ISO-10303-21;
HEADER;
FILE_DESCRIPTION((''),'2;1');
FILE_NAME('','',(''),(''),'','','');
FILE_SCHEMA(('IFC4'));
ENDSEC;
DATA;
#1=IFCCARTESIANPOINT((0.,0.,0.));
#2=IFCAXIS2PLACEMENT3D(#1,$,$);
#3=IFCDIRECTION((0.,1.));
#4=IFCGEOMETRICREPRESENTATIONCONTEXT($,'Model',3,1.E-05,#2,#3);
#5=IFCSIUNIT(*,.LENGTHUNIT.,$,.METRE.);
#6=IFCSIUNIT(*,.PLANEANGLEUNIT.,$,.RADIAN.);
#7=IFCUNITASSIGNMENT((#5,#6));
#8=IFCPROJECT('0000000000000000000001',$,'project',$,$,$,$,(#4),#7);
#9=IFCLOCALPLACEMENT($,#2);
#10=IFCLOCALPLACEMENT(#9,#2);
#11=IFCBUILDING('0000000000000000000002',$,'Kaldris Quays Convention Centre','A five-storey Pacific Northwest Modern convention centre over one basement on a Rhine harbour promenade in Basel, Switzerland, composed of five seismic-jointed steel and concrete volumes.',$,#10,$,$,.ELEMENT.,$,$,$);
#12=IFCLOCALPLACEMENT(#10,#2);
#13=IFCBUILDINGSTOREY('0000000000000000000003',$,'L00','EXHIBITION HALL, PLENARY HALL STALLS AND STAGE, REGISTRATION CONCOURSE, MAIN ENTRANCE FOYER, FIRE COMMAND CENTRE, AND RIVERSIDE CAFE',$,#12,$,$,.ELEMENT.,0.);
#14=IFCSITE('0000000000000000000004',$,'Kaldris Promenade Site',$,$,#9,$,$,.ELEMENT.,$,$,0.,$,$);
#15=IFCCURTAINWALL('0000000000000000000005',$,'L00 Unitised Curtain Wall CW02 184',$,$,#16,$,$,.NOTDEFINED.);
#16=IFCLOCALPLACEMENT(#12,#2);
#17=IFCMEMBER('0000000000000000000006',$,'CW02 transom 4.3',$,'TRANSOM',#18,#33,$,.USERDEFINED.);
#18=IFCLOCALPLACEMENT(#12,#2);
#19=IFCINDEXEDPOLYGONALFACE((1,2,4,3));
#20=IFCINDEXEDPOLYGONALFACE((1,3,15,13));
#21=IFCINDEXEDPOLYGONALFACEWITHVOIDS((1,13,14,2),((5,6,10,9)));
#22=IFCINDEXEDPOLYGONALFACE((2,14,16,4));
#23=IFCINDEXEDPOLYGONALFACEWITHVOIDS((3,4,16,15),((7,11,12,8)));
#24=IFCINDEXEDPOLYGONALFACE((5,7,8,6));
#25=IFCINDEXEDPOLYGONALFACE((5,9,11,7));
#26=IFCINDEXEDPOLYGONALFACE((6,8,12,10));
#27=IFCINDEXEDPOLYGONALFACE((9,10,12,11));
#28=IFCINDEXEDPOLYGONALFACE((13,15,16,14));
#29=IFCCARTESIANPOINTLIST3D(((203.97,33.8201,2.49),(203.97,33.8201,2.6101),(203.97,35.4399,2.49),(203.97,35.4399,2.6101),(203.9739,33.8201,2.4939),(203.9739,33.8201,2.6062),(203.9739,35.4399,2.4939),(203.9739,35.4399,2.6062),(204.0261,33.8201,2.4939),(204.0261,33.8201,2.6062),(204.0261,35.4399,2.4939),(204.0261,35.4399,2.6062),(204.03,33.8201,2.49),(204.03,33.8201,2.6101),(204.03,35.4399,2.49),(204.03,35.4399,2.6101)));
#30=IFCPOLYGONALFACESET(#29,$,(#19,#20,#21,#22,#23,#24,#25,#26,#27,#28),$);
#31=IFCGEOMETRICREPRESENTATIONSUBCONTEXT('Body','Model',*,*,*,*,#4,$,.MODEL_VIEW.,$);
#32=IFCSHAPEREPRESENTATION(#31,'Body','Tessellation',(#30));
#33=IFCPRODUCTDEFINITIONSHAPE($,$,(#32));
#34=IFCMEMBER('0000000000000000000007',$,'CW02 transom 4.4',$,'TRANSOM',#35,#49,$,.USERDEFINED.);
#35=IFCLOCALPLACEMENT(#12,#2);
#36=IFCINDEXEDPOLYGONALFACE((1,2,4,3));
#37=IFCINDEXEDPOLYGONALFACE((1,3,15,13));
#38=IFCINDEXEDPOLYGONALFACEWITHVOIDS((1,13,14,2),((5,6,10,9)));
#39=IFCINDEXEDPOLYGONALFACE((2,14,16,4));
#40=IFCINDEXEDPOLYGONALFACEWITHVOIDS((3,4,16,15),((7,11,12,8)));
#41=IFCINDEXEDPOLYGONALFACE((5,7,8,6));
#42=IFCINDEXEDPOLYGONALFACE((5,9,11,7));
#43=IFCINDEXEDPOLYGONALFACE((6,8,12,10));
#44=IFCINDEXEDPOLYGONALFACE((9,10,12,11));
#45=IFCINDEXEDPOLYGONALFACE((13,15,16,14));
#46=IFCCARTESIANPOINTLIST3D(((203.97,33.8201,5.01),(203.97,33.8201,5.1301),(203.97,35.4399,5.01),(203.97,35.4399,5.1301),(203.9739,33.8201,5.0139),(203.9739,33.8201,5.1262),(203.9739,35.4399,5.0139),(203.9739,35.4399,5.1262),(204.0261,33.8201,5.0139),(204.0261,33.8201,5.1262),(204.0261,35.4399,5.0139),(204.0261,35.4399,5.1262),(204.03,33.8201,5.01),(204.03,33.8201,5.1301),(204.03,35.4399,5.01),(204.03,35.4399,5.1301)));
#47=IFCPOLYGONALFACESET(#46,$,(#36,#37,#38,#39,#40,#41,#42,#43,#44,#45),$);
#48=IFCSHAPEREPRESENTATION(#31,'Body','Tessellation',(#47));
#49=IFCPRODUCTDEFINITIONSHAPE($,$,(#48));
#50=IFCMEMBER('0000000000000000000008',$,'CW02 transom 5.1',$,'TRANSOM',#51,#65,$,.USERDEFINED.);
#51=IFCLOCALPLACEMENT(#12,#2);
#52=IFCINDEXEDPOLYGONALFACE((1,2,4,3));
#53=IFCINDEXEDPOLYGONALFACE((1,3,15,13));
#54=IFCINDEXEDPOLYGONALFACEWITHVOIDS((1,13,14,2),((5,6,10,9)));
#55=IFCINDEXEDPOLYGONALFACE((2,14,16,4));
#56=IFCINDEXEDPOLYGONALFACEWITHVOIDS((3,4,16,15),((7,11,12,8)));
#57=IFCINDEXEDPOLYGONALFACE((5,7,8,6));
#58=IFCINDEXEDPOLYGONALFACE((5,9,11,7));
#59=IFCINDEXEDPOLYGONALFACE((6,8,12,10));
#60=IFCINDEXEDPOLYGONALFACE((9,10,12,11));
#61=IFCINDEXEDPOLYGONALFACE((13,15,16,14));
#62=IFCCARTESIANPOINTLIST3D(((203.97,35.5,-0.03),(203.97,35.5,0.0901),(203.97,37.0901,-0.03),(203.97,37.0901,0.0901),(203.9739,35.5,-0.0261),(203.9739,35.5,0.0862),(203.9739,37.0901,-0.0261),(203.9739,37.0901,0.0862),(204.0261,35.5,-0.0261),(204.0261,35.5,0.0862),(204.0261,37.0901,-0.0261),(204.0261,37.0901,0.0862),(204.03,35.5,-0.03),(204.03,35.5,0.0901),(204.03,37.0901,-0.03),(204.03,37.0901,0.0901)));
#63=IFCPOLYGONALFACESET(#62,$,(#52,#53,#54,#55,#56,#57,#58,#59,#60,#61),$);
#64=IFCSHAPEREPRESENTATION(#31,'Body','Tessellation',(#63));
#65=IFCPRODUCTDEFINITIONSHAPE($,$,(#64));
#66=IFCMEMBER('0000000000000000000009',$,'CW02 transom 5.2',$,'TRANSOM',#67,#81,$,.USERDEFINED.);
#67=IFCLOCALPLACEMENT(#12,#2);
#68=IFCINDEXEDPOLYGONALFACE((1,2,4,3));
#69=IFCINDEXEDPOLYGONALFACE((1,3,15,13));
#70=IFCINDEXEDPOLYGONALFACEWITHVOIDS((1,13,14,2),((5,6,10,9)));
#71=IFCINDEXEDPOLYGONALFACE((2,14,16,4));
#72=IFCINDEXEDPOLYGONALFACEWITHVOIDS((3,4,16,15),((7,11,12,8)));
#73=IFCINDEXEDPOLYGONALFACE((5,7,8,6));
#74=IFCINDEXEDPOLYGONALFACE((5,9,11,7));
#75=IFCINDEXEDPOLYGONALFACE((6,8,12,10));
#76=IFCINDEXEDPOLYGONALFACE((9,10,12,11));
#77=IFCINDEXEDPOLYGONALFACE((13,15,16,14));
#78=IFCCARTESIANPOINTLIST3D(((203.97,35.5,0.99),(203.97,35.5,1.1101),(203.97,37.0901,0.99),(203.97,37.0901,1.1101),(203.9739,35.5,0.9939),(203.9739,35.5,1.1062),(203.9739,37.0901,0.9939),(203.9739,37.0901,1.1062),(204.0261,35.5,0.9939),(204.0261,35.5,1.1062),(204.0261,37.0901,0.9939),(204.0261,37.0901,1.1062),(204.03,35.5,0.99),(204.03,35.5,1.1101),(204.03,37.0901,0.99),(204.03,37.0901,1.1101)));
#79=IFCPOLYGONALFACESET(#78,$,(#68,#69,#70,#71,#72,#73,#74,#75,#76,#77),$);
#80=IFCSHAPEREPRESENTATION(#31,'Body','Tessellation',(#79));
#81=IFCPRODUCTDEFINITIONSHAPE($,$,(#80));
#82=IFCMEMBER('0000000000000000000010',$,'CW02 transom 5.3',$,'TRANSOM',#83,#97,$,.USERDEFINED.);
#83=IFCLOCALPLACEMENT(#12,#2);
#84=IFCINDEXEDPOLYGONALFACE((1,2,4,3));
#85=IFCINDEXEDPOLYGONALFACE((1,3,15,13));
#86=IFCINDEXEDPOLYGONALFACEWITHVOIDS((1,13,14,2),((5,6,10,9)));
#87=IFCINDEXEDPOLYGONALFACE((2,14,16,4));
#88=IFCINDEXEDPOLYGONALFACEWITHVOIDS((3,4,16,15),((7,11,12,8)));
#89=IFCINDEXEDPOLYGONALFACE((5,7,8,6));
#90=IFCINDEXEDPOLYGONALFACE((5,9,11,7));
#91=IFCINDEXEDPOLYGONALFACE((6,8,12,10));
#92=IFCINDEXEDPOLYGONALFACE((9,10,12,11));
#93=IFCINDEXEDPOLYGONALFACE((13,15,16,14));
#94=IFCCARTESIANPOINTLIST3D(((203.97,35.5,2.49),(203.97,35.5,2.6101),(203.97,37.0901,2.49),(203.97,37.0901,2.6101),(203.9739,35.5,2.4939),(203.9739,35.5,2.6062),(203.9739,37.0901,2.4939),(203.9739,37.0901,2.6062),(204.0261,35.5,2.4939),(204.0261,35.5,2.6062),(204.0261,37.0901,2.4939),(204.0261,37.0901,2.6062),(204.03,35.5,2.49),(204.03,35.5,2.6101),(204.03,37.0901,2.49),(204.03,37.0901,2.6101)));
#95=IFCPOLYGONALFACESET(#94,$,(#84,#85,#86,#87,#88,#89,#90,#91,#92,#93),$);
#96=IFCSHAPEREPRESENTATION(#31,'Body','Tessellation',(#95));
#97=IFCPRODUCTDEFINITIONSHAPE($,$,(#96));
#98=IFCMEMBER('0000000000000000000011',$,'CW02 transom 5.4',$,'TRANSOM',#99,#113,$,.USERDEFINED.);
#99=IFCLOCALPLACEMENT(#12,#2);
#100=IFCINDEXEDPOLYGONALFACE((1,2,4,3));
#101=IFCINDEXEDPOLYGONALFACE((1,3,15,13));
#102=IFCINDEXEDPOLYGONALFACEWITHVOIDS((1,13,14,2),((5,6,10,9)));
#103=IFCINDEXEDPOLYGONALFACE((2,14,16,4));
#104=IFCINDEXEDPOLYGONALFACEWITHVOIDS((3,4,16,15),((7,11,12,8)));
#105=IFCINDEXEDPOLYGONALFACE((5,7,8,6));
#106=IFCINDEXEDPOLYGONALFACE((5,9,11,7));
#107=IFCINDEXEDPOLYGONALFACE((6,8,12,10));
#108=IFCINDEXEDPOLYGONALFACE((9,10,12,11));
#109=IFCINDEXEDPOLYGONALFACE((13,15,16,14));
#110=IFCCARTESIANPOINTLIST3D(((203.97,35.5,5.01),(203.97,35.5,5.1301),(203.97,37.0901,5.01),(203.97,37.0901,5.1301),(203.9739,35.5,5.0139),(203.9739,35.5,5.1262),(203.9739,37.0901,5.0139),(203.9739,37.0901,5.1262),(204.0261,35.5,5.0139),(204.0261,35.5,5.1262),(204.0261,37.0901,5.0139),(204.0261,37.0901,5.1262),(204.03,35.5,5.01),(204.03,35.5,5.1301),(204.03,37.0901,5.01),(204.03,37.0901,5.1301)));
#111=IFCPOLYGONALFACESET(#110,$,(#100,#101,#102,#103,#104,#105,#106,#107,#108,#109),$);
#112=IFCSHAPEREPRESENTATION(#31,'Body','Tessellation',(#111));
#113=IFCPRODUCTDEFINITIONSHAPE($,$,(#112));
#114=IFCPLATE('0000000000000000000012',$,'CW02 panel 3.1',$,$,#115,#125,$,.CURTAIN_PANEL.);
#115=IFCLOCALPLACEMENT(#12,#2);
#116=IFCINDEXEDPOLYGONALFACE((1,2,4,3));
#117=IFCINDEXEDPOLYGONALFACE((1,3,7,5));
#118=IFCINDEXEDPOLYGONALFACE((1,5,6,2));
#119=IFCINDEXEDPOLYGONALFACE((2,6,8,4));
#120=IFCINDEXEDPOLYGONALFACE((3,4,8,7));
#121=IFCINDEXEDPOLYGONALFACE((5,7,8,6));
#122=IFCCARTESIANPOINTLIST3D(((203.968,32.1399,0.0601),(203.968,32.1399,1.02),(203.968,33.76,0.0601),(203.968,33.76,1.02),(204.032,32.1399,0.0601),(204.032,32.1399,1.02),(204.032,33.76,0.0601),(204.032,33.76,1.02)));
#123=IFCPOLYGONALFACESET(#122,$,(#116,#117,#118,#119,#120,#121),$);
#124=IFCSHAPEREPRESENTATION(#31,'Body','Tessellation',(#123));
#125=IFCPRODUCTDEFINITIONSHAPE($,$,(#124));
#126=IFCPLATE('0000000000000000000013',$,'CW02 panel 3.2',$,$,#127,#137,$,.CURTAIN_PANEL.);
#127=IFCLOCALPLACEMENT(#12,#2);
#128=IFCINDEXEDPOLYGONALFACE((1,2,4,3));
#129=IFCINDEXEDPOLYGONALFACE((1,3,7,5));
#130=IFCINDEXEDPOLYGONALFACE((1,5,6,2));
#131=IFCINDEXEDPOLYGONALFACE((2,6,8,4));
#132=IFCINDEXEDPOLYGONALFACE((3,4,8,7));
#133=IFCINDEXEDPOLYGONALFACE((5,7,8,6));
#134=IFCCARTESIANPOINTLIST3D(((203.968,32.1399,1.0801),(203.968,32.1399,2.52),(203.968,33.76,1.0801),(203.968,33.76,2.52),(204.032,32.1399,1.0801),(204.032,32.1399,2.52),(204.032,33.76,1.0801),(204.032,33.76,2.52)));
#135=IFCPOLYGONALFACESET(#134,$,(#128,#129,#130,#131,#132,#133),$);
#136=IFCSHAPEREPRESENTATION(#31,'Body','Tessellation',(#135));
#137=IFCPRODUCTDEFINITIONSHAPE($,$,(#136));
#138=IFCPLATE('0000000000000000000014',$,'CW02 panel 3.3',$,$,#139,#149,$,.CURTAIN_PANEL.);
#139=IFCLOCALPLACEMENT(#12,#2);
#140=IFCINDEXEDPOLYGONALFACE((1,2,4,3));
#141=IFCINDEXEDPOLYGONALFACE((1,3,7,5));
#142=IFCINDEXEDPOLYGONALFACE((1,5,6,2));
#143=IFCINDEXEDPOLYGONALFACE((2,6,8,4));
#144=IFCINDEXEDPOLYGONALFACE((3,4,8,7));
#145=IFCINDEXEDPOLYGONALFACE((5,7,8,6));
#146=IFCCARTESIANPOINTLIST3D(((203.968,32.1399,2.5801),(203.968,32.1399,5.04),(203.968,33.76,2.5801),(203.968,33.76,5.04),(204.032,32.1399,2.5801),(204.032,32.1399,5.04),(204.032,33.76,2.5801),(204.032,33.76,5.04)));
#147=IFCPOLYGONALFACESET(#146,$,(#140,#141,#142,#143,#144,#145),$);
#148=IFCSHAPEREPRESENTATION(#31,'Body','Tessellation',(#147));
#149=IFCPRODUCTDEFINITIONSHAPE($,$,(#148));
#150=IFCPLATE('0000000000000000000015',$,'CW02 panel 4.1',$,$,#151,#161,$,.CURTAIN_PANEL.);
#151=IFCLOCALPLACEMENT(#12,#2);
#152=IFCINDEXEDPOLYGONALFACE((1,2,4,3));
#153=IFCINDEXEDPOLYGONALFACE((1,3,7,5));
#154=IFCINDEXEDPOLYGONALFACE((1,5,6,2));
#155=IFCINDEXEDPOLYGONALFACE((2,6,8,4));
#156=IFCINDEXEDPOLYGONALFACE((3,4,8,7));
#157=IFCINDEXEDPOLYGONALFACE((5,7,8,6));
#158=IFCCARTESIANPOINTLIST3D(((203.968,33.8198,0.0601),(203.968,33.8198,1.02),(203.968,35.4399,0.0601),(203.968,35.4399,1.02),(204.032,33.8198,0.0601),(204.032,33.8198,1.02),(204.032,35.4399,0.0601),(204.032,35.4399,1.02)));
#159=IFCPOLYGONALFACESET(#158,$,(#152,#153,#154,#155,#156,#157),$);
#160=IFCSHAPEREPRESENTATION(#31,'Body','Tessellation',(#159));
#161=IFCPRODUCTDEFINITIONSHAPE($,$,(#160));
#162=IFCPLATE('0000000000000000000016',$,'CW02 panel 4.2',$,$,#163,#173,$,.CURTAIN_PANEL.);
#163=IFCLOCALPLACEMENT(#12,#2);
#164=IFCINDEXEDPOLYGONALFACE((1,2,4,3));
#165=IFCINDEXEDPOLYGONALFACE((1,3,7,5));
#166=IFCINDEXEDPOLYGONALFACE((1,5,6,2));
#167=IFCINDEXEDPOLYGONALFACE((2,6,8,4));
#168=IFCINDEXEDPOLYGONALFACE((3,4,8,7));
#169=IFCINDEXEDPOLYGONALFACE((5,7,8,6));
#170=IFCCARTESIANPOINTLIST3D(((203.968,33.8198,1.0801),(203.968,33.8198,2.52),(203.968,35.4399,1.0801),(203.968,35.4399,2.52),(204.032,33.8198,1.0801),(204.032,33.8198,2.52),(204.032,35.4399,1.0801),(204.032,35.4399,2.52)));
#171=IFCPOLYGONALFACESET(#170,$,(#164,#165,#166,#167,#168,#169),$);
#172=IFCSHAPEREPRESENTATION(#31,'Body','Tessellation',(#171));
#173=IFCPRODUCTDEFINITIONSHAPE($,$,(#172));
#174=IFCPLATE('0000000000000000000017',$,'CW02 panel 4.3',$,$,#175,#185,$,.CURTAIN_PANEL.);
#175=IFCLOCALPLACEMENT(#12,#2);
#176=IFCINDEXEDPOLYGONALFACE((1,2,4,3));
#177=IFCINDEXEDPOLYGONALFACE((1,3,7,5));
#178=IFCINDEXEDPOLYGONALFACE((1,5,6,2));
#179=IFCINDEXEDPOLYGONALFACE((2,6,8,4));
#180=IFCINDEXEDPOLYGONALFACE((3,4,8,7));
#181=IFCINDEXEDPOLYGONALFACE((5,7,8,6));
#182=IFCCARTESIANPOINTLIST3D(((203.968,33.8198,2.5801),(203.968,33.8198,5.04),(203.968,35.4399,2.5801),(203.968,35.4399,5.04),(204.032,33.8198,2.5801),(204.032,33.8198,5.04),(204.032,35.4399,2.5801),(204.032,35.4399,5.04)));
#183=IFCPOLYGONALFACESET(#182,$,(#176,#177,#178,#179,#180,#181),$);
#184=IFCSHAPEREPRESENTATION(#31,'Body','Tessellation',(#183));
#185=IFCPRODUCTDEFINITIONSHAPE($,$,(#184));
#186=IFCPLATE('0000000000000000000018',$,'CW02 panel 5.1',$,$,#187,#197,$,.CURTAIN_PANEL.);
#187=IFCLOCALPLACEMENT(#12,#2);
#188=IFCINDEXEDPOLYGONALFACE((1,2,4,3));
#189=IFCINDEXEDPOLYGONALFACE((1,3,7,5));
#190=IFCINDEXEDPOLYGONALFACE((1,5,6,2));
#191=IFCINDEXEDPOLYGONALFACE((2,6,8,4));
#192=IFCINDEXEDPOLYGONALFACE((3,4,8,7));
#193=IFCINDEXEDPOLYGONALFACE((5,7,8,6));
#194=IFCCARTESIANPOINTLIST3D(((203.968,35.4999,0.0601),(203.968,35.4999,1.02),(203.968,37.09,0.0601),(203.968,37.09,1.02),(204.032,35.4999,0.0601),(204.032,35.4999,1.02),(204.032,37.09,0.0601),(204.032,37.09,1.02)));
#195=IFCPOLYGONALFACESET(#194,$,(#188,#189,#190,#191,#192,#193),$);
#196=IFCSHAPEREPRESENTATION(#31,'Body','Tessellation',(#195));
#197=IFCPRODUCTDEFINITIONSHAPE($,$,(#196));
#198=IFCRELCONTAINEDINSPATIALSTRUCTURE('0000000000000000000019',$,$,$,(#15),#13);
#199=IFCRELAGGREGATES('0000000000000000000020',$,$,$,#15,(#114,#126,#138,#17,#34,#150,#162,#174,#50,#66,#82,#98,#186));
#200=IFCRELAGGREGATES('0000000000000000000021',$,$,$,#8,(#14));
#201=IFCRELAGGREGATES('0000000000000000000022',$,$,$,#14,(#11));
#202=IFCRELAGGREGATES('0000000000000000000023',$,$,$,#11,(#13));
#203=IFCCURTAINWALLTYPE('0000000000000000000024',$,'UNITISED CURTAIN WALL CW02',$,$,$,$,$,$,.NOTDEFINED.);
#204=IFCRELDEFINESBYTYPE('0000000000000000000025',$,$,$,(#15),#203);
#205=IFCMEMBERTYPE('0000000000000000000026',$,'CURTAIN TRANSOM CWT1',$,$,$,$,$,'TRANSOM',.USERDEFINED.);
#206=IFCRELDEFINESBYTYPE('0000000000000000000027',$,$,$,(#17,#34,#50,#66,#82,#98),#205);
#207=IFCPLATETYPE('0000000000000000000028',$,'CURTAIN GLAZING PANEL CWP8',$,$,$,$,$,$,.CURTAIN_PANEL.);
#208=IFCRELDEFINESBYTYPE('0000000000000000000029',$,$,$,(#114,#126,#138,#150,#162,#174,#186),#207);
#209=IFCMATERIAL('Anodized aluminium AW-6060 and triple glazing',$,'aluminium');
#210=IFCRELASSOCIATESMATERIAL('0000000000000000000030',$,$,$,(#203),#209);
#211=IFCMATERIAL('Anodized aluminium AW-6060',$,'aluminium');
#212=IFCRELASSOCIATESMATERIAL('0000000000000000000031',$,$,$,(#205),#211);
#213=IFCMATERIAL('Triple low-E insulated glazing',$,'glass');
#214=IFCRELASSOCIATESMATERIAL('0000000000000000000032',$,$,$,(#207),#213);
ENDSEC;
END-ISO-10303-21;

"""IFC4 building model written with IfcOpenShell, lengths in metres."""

from ifc_helpers import new_model, si_unit, direction, frame, origin, origin_2d, place, context, subcontext, project, spatial, rectangle, hollow_rectangle, extrude, material, material_profile, profile_set, type_object, element, aggregate, save


model = new_model("IFC4")

# Units and contexts
model_context = context("Model", 3, precision=1e-05, world=origin(), true_north=direction((0.0, 1.0)))
body_context = subcontext(model_context, "Body", "Model", "MODEL_VIEW")
ifc_project = project(units=[si_unit("LENGTHUNIT", "METRE"), si_unit("PLANEANGLEUNIT", "RADIAN")], contexts=[model_context])

# Site, building, storey
site_placement = place(None, origin())
site = spatial("IfcSite", under=ifc_project, at=site_placement, Name="Kaldris Promenade Site", CompositionType="ELEMENT", RefElevation=0.0)
building_placement = place(site_placement, origin())
building = spatial("IfcBuilding", under=site, at=building_placement, Name="Kaldris Quays Convention Centre", Description="A five-storey Pacific Northwest Modern convention centre over one basement on a Rhine harbour promenade in Basel, Switzerland, composed of five seismic-jointed steel and concrete volumes.", CompositionType="ELEMENT")
storey_placement = place(building_placement, origin())
storey = spatial("IfcBuildingStorey", under=building, at=storey_placement, Name="L00", Description="EXHIBITION HALL, PLENARY HALL STALLS AND STAGE, REGISTRATION CONCOURSE, MAIN ENTRANCE FOYER, FIRE COMMAND CENTRE, AND RIVERSIDE CAFE", CompositionType="ELEMENT", Elevation=0.0)

# Curtain wall, members, plates
ifc_material_1 = material(Name="Anodized aluminium AW-6060 and triple glazing", Category="aluminium")
curtain_wall_type = type_object("IfcCurtainWallType", Name="UNITISED CURTAIN WALL CW02", PredefinedType="NOTDEFINED", material=ifc_material_1)
curtain_wall_placement = place(storey_placement, origin())
curtain_wall = element("IfcCurtainWall", 1, at=curtain_wall_placement, inside=storey, type_object=curtain_wall_type, Name="L00 Unitised Curtain Wall CW02 184", PredefinedType="NOTDEFINED")
ifc_material_2 = material(Name="Anodized aluminium AW-6060", Category="aluminium")
ifc_material_profile_1 = material_profile(ifc_material_2, hollow_rectangle(XDim=0.0601, YDim=0.1201, WallThickness=0.0039, at=origin_2d()), Name="RHS 120x60x4")
ifc_profile_set_1 = profile_set([ifc_material_profile_1], Name="Anodized aluminium AW-6060")
member_type_1 = type_object("IfcMemberType", Name="CURTAIN TRANSOM CWT1", ElementType="TRANSOM", PredefinedType="USERDEFINED", material=ifc_profile_set_1)
member_1_placement = place(storey_placement, frame((204.0, 33.8201, 2.55), z_axis=(0.0, 1.0, 0.0), x_axis=(-1.0, 0.0, 0.0)))
member_1 = element("IfcMember", 2, at=member_1_placement, type_object=member_type_1, Name="CW02 transom 4.3", ObjectType="TRANSOM", PredefinedType="USERDEFINED", context=body_context, shape_type="SweptSolid", body=[
    extrude(hollow_rectangle(XDim=0.0601, YDim=0.1201, WallThickness=0.0039, at=origin_2d()), origin(), (0.0, 0.0, 1.0), 1.6199),
])
member_2_placement = place(storey_placement, frame((204.0, 33.8201, 5.0701), z_axis=(0.0, 1.0, 0.0), x_axis=(-1.0, 0.0, 0.0)))
member_2 = element("IfcMember", 3, at=member_2_placement, type_object=member_type_1, Name="CW02 transom 4.4", ObjectType="TRANSOM", PredefinedType="USERDEFINED", context=body_context, shape_type="SweptSolid", body=[
    extrude(hollow_rectangle(XDim=0.0601, YDim=0.1201, WallThickness=0.0039, at=origin_2d()), origin(), (0.0, 0.0, 1.0), 1.6199),
])
member_3_placement = place(storey_placement, frame((204.0, 35.5, 0.03), z_axis=(0.0, 1.0, 0.0), x_axis=(-1.0, 0.0, 0.0)))
member_3 = element("IfcMember", 4, at=member_3_placement, type_object=member_type_1, Name="CW02 transom 5.1", ObjectType="TRANSOM", PredefinedType="USERDEFINED", context=body_context, shape_type="SweptSolid", body=[
    extrude(hollow_rectangle(XDim=0.0601, YDim=0.1201, WallThickness=0.0039, at=origin_2d()), origin(), (0.0, 0.0, 1.0), 1.5901),
])
member_4_placement = place(storey_placement, frame((204.0, 35.5, 1.05), z_axis=(0.0, 1.0, 0.0), x_axis=(-1.0, 0.0, 0.0)))
member_4 = element("IfcMember", 5, at=member_4_placement, type_object=member_type_1, Name="CW02 transom 5.2", ObjectType="TRANSOM", PredefinedType="USERDEFINED", context=body_context, shape_type="SweptSolid", body=[
    extrude(hollow_rectangle(XDim=0.0601, YDim=0.1201, WallThickness=0.0039, at=origin_2d()), origin(), (0.0, 0.0, 1.0), 1.5901),
])
member_5_placement = place(storey_placement, frame((204.0, 35.5, 2.55), z_axis=(0.0, 1.0, 0.0), x_axis=(-1.0, 0.0, 0.0)))
member_5 = element("IfcMember", 6, at=member_5_placement, type_object=member_type_1, Name="CW02 transom 5.3", ObjectType="TRANSOM", PredefinedType="USERDEFINED", context=body_context, shape_type="SweptSolid", body=[
    extrude(hollow_rectangle(XDim=0.0601, YDim=0.1201, WallThickness=0.0039, at=origin_2d()), origin(), (0.0, 0.0, 1.0), 1.5901),
])
member_6_placement = place(storey_placement, frame((204.0, 35.5, 5.0701), z_axis=(0.0, 1.0, 0.0), x_axis=(-1.0, 0.0, 0.0)))
member_6 = element("IfcMember", 7, at=member_6_placement, type_object=member_type_1, Name="CW02 transom 5.4", ObjectType="TRANSOM", PredefinedType="USERDEFINED", context=body_context, shape_type="SweptSolid", body=[
    extrude(hollow_rectangle(XDim=0.0601, YDim=0.1201, WallThickness=0.0039, at=origin_2d()), origin(), (0.0, 0.0, 1.0), 1.5901),
])
ifc_material_3 = material(Name="Triple low-E insulated glazing", Category="glass")
plate_type = type_object("IfcPlateType", Name="CURTAIN GLAZING PANEL CWP8", PredefinedType="CURTAIN_PANEL", material=ifc_material_3)
plate_1_placement = place(storey_placement, frame((204.0, 32.95, 0.0601), z_axis=(0.0, 0.0, 1.0), x_axis=(0.0, 1.0, 0.0)))
plate_1 = element("IfcPlate", 8, at=plate_1_placement, type_object=plate_type, Name="CW02 panel 3.1", PredefinedType="CURTAIN_PANEL", context=body_context, shape_type="SweptSolid", body=[
    extrude(rectangle(XDim=1.6201, YDim=0.064, at=origin_2d()), origin(), (0.0, 0.0, 1.0), 0.96),
])
plate_2_placement = place(storey_placement, frame((204.0, 32.95, 1.0801), z_axis=(0.0, 0.0, 1.0), x_axis=(0.0, 1.0, 0.0)))
plate_2 = element("IfcPlate", 9, at=plate_2_placement, type_object=plate_type, Name="CW02 panel 3.2", PredefinedType="CURTAIN_PANEL", context=body_context, shape_type="SweptSolid", body=[
    extrude(rectangle(XDim=1.6201, YDim=0.064, at=origin_2d()), origin(), (0.0, 0.0, 1.0), 1.4399),
])
plate_3_placement = place(storey_placement, frame((204.0, 32.95, 2.5801), z_axis=(0.0, 0.0, 1.0), x_axis=(0.0, 1.0, 0.0)))
plate_3 = element("IfcPlate", 10, at=plate_3_placement, type_object=plate_type, Name="CW02 panel 3.3", PredefinedType="CURTAIN_PANEL", context=body_context, shape_type="SweptSolid", body=[
    extrude(rectangle(XDim=1.6201, YDim=0.064, at=origin_2d()), origin(), (0.0, 0.0, 1.0), 2.46),
])
plate_4_placement = place(storey_placement, frame((204.0, 34.6299, 0.0601), z_axis=(0.0, 0.0, 1.0), x_axis=(0.0, 1.0, 0.0)))
plate_4 = element("IfcPlate", 11, at=plate_4_placement, type_object=plate_type, Name="CW02 panel 4.1", PredefinedType="CURTAIN_PANEL", context=body_context, shape_type="SweptSolid", body=[
    extrude(rectangle(XDim=1.6201, YDim=0.064, at=origin_2d()), origin(), (0.0, 0.0, 1.0), 0.96),
])
plate_5_placement = place(storey_placement, frame((204.0, 34.6299, 1.0801), z_axis=(0.0, 0.0, 1.0), x_axis=(0.0, 1.0, 0.0)))
plate_5 = element("IfcPlate", 12, at=plate_5_placement, type_object=plate_type, Name="CW02 panel 4.2", PredefinedType="CURTAIN_PANEL", context=body_context, shape_type="SweptSolid", body=[
    extrude(rectangle(XDim=1.6201, YDim=0.064, at=origin_2d()), origin(), (0.0, 0.0, 1.0), 1.4399),
])
plate_6_placement = place(storey_placement, frame((204.0, 34.6299, 2.5801), z_axis=(0.0, 0.0, 1.0), x_axis=(0.0, 1.0, 0.0)))
plate_6 = element("IfcPlate", 13, at=plate_6_placement, type_object=plate_type, Name="CW02 panel 4.3", PredefinedType="CURTAIN_PANEL", context=body_context, shape_type="SweptSolid", body=[
    extrude(rectangle(XDim=1.6201, YDim=0.064, at=origin_2d()), origin(), (0.0, 0.0, 1.0), 2.46),
])
plate_7_placement = place(storey_placement, frame((204.0, 36.2949, 0.0601), z_axis=(0.0, 0.0, 1.0), x_axis=(0.0, 1.0, 0.0)))
plate_7 = element("IfcPlate", 14, at=plate_7_placement, type_object=plate_type, Name="CW02 panel 5.1", PredefinedType="CURTAIN_PANEL", context=body_context, shape_type="SweptSolid", body=[
    extrude(rectangle(XDim=1.5901, YDim=0.064, at=origin_2d()), origin(), (0.0, 0.0, 1.0), 0.96),
])
aggregate(curtain_wall, [plate_1, plate_2, plate_3, member_1, member_2, plate_4, plate_5, plate_6, member_3, member_4, member_5, member_6, plate_7])

save(model, "model.ifc")
